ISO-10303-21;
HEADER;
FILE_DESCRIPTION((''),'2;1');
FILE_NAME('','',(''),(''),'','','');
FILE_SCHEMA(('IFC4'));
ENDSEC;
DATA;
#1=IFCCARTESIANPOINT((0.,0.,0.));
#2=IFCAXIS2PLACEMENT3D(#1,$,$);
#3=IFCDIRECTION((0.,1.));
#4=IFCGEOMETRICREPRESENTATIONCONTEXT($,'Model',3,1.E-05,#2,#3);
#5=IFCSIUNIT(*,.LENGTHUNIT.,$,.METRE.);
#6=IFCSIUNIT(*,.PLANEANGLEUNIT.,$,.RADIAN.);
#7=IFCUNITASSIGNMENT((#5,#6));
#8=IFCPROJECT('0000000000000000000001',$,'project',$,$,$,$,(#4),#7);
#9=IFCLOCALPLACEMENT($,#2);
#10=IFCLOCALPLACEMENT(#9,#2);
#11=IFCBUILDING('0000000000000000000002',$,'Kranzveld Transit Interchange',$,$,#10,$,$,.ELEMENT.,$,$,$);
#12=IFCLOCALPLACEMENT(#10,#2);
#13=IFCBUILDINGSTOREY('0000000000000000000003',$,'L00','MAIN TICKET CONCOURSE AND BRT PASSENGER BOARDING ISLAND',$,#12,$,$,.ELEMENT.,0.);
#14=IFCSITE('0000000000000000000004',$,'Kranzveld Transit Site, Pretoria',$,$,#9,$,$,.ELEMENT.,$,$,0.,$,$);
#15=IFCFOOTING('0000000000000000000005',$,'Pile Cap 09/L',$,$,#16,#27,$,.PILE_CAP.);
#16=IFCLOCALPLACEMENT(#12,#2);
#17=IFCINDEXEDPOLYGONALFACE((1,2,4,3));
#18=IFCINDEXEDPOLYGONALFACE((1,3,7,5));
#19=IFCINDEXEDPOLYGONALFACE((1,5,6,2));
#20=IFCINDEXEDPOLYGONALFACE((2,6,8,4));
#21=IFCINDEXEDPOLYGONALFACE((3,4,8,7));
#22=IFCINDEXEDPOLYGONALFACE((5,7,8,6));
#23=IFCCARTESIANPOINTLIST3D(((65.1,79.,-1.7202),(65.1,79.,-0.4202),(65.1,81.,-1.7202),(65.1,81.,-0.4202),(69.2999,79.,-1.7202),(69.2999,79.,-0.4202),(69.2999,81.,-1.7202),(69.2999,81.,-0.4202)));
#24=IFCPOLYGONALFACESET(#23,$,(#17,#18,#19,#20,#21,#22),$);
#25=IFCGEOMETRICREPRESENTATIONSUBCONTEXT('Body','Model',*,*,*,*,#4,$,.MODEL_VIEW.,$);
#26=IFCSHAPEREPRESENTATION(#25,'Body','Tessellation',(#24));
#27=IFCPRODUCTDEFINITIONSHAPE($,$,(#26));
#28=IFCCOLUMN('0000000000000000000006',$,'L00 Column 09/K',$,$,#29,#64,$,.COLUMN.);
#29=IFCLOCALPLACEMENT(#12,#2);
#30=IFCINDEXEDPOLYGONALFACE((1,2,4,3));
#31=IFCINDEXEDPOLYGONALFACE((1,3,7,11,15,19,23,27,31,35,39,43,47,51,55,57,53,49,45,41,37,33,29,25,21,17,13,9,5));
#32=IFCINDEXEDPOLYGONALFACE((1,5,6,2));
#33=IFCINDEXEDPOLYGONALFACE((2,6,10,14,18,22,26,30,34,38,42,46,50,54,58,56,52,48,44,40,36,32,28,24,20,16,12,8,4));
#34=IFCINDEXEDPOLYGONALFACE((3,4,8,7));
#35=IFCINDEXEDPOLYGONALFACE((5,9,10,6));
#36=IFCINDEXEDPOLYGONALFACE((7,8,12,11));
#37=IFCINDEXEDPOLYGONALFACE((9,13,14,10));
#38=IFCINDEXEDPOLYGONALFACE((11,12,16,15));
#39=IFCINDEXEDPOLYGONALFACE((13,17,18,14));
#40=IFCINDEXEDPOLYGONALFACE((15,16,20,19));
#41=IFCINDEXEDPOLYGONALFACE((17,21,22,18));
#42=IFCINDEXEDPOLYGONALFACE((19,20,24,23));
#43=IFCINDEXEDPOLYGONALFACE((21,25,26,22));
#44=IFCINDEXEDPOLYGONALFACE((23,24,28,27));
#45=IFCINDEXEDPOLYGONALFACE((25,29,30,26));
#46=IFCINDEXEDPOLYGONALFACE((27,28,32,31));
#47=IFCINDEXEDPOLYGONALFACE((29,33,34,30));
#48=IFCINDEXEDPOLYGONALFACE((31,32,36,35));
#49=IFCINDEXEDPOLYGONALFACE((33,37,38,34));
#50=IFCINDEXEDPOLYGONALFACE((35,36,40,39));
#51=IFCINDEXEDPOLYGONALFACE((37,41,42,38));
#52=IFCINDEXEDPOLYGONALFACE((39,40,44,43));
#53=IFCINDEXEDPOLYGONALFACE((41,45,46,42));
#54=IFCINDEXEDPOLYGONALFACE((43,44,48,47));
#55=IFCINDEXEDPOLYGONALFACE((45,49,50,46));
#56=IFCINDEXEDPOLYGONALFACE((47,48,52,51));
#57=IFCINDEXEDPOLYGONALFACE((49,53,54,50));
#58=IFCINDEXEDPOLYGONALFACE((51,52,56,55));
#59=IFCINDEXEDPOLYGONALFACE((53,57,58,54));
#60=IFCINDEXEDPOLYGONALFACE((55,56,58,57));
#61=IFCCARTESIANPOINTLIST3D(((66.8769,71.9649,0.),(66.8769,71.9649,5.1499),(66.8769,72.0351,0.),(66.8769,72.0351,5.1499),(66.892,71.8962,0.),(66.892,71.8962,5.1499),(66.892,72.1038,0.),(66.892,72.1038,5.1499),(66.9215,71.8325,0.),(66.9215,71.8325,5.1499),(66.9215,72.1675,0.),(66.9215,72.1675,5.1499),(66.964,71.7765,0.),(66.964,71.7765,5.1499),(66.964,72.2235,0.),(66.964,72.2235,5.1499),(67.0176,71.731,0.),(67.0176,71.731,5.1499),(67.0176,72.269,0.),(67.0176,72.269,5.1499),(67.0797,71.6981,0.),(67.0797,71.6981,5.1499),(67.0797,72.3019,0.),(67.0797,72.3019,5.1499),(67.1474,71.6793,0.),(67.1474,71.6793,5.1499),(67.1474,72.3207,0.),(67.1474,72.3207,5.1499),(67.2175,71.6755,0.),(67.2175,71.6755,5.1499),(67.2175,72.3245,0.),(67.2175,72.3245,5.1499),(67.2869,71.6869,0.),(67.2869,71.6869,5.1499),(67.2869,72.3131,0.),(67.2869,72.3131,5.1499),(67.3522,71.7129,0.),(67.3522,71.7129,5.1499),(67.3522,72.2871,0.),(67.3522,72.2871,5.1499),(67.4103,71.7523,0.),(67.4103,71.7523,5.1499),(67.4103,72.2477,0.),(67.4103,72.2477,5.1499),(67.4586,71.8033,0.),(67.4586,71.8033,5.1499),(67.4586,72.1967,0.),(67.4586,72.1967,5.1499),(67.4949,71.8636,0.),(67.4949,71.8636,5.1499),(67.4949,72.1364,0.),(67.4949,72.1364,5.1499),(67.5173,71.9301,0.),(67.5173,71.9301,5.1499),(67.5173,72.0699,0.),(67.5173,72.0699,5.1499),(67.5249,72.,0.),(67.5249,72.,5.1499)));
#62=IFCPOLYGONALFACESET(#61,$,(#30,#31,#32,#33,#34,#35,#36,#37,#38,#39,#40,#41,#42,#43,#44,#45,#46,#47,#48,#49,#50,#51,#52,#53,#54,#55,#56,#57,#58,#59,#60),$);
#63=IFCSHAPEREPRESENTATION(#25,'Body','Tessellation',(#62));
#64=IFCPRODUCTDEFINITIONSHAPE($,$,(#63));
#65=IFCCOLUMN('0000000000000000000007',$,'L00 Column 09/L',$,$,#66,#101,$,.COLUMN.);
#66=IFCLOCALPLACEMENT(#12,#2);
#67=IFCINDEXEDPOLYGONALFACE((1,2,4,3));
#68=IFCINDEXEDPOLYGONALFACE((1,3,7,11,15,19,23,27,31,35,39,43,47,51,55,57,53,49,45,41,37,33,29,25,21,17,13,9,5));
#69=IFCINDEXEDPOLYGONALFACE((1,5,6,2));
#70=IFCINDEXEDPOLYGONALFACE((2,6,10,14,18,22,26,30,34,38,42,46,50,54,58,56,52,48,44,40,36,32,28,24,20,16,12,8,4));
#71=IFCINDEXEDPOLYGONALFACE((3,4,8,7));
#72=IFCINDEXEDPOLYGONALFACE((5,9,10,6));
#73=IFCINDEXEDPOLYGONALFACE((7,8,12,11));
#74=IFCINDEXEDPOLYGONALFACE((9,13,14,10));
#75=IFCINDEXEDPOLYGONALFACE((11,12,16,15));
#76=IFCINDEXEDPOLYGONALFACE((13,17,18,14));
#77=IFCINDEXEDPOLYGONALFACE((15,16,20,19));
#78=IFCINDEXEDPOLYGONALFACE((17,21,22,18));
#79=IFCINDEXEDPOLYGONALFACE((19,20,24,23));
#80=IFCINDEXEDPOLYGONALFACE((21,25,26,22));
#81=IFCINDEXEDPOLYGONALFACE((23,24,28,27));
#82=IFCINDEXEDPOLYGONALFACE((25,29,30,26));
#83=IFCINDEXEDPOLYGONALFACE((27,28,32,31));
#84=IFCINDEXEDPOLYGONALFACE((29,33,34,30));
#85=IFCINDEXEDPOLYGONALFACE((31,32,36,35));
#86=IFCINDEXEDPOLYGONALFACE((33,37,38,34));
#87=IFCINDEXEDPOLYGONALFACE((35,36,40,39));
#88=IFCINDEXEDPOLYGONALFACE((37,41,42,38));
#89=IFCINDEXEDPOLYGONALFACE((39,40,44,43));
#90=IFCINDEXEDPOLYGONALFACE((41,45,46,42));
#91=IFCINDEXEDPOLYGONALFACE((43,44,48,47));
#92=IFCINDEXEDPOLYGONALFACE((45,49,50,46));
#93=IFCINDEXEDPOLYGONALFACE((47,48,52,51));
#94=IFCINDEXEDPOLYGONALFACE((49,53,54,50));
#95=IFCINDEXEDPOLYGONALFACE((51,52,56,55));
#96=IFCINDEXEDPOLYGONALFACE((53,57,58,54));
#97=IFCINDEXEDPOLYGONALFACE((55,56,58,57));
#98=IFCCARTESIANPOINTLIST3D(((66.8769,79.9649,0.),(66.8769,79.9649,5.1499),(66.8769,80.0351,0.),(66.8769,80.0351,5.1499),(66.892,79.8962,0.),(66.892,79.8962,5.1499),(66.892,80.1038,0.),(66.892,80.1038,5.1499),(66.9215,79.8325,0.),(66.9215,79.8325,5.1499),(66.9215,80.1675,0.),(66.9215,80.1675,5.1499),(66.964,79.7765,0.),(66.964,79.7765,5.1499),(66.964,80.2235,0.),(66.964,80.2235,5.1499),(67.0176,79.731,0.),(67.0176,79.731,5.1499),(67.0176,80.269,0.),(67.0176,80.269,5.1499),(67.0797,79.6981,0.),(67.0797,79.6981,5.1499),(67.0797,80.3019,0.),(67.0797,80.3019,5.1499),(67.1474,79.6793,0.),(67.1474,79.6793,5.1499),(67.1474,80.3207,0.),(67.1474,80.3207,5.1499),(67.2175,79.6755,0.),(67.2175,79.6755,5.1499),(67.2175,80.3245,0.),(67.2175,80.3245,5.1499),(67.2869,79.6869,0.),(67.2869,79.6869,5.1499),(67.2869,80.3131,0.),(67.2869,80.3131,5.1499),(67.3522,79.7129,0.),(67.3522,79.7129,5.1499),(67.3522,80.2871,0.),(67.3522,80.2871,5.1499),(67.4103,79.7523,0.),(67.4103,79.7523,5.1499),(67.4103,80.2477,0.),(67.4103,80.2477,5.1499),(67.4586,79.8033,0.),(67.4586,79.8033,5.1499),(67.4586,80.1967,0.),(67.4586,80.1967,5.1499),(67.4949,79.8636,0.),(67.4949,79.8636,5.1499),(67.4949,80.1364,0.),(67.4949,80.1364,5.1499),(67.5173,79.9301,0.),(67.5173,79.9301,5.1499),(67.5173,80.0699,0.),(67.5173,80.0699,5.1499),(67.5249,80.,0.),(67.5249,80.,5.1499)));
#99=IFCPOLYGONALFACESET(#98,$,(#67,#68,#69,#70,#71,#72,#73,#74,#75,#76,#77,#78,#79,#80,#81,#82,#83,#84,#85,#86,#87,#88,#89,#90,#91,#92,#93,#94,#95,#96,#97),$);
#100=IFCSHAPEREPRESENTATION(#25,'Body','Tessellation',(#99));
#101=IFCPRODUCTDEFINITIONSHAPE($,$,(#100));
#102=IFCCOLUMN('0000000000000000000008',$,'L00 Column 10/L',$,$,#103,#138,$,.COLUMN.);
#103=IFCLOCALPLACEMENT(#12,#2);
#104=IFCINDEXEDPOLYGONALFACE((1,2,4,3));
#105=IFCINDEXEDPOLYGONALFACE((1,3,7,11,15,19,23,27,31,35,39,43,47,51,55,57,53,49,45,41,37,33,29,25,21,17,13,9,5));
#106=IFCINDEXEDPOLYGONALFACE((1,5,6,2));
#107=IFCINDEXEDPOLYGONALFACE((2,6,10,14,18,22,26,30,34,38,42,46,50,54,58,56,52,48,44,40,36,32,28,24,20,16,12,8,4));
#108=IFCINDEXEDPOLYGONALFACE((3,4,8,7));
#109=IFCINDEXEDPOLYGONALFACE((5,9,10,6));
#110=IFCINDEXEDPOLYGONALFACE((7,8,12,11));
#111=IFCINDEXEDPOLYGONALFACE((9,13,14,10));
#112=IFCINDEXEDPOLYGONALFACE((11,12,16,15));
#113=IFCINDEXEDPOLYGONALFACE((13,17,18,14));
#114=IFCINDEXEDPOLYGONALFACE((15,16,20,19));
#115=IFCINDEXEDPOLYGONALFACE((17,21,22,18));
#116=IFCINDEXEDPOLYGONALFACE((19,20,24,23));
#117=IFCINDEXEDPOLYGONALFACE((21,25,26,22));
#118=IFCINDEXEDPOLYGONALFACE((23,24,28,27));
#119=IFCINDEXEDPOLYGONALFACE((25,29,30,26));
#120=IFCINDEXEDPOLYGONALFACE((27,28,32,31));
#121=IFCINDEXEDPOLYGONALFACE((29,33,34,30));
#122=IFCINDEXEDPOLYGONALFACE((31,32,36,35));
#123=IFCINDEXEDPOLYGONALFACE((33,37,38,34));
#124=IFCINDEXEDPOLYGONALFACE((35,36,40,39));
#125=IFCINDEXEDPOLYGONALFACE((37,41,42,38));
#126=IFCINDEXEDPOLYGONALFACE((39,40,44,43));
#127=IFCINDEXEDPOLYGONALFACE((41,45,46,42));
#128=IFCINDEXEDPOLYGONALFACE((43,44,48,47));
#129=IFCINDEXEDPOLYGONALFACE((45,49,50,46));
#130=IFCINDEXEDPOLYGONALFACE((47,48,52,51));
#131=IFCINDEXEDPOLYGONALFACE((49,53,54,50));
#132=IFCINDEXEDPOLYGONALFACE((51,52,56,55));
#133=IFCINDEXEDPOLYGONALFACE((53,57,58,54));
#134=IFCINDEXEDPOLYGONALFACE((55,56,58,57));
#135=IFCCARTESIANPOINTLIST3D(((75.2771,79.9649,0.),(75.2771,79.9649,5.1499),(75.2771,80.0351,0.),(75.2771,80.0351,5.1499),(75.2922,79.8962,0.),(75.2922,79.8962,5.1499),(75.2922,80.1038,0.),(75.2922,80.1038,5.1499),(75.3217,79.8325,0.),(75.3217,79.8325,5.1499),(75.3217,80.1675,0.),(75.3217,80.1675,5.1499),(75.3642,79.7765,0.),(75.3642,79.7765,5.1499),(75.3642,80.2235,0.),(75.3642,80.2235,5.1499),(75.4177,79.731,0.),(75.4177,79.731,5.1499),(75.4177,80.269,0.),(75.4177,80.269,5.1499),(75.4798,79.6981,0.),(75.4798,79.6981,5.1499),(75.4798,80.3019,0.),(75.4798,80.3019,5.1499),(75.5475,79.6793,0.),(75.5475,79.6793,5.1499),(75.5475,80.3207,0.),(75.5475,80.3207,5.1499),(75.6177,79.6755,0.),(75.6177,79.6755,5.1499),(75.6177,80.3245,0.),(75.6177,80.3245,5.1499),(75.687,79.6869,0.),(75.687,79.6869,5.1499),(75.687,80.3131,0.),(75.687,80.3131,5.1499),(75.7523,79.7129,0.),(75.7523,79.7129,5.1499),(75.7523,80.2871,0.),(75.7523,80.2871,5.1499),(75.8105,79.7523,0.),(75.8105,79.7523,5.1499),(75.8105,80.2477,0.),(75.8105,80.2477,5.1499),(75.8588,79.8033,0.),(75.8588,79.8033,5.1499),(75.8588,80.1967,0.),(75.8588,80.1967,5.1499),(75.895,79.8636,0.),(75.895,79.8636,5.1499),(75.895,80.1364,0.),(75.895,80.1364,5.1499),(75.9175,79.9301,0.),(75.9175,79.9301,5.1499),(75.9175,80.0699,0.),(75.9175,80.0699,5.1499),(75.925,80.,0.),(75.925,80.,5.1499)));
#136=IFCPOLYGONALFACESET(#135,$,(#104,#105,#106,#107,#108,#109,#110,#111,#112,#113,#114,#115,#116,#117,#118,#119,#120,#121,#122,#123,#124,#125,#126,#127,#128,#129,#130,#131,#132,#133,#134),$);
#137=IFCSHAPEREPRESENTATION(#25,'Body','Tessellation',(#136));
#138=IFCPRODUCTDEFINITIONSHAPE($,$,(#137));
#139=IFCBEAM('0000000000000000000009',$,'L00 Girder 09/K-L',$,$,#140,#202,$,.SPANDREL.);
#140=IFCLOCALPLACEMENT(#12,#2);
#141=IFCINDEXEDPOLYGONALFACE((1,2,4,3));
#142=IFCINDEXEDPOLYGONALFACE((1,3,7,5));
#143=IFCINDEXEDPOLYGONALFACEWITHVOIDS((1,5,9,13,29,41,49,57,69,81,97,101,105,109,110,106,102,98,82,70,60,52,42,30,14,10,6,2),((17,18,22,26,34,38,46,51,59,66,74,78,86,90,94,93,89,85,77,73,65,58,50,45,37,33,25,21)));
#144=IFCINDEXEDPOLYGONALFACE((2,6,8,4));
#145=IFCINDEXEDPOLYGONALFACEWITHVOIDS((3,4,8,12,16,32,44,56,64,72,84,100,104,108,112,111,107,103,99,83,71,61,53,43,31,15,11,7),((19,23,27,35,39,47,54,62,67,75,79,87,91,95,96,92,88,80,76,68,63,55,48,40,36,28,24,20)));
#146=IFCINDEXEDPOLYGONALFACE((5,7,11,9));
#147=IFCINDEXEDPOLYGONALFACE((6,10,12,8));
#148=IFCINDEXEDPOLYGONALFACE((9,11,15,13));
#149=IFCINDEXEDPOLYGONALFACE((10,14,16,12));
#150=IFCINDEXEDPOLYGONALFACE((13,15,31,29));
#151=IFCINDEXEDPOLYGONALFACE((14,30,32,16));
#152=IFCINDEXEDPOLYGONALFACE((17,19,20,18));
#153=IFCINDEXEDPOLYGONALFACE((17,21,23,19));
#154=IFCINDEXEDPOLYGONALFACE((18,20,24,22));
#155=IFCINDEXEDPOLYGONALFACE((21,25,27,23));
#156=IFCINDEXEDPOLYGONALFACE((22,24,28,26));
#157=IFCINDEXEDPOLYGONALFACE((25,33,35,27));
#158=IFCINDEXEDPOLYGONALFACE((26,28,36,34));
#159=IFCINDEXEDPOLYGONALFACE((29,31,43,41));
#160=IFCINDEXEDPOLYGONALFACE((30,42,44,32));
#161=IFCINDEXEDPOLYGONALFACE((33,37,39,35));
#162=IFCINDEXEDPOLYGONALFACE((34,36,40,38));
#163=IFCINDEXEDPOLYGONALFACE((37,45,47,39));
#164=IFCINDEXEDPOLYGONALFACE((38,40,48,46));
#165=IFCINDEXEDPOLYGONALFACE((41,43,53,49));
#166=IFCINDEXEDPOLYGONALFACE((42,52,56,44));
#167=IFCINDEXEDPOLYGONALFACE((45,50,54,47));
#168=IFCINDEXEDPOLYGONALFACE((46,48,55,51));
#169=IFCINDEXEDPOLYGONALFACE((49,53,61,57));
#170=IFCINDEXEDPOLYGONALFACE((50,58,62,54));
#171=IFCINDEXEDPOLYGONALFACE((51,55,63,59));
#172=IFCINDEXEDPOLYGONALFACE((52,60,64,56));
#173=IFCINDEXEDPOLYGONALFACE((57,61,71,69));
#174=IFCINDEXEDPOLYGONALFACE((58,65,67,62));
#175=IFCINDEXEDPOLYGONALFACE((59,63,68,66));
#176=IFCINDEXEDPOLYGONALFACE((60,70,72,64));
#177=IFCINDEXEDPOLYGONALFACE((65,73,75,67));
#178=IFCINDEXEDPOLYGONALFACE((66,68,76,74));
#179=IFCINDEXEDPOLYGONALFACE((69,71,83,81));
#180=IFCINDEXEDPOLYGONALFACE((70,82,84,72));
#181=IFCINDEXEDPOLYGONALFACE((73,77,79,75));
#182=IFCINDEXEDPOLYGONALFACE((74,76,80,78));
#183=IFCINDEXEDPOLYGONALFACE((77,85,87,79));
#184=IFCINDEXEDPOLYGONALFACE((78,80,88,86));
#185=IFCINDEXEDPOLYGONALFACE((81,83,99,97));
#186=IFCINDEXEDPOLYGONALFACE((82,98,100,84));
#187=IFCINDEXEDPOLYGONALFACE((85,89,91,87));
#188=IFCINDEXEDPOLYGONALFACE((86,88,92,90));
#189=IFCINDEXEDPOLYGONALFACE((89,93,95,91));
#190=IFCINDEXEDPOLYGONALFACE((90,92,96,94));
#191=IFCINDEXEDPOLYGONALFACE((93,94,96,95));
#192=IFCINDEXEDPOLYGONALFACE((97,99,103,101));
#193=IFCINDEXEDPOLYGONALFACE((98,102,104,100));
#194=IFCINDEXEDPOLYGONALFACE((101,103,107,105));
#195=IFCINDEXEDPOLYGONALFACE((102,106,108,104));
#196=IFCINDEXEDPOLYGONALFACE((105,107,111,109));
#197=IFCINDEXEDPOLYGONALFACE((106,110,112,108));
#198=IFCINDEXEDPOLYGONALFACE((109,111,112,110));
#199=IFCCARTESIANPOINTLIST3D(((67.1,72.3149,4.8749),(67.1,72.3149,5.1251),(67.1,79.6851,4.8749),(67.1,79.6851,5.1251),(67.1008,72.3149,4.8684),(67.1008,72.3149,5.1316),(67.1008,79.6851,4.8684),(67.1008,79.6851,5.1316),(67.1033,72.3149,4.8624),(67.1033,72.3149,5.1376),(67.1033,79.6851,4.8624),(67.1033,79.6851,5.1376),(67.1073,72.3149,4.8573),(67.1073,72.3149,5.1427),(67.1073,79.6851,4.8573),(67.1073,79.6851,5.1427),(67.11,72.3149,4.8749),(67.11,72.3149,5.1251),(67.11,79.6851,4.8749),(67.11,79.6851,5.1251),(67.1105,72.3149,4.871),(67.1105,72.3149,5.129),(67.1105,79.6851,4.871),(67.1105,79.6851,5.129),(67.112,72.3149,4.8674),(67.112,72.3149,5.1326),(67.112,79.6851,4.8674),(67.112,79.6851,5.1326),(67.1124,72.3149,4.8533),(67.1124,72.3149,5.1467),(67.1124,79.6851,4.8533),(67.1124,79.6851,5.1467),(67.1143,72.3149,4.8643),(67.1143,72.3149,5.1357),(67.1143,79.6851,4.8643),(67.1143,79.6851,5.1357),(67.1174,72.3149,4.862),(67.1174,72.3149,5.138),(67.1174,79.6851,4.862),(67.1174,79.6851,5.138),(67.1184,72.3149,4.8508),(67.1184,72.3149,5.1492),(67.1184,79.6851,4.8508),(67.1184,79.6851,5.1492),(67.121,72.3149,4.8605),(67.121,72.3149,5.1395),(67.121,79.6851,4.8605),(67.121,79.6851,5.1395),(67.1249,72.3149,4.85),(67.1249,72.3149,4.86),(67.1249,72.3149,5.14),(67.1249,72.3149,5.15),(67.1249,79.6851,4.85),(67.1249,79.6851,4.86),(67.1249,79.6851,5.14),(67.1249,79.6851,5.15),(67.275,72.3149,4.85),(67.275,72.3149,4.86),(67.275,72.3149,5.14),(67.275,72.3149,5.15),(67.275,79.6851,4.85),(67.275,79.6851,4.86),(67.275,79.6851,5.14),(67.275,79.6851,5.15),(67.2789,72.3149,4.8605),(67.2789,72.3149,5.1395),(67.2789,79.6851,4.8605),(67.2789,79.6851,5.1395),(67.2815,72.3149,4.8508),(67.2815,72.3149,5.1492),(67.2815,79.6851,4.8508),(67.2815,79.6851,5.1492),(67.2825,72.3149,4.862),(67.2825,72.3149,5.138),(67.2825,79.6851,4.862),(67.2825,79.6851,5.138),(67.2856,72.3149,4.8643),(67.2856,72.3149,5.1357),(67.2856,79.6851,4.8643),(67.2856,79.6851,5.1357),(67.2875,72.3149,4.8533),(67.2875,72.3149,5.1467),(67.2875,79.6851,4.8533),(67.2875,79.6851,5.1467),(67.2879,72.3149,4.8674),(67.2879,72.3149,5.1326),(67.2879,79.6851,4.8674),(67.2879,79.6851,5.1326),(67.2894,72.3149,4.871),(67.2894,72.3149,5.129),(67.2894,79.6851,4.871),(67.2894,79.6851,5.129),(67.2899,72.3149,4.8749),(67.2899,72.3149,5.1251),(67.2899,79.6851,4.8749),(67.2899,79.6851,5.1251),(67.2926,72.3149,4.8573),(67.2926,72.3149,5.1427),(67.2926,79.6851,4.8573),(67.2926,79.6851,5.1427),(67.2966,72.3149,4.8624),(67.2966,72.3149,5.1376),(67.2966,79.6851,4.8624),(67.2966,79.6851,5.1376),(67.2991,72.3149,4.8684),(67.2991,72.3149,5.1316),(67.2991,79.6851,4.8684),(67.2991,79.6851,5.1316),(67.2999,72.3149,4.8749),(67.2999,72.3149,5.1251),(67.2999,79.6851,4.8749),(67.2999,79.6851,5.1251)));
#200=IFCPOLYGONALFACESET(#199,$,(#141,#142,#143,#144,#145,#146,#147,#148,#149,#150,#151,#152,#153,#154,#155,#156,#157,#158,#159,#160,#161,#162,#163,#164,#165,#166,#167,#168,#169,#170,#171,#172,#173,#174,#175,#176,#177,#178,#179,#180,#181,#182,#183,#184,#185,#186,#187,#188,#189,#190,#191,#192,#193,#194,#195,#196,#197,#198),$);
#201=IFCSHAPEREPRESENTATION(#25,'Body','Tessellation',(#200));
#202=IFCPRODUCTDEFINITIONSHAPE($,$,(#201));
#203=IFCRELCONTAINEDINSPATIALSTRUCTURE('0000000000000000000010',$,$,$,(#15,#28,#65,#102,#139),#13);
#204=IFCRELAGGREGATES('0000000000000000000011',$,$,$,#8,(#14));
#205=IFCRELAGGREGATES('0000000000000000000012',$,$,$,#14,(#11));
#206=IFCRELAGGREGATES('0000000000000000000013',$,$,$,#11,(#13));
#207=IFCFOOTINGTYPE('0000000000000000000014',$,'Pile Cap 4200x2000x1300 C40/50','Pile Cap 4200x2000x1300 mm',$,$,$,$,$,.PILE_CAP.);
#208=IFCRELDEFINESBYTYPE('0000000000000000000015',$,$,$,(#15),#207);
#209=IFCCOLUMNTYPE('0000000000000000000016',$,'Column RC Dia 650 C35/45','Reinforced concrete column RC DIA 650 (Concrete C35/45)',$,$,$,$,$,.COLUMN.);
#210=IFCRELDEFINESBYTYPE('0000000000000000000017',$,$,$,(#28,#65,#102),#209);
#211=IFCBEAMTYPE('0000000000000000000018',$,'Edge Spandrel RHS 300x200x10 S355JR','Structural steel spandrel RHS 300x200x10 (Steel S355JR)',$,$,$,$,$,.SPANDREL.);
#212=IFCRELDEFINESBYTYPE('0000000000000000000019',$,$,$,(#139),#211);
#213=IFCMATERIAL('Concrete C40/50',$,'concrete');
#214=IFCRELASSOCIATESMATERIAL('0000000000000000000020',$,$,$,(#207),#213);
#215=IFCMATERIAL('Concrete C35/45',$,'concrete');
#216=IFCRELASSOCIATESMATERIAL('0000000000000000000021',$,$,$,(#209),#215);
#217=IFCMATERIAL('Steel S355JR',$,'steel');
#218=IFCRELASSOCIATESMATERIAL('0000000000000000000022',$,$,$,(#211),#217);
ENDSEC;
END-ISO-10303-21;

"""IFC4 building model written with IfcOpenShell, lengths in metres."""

from ifc_helpers import new_model, si_unit, direction, frame, origin, origin_2d, place, context, subcontext, project, spatial, rectangle, hollow_rectangle, circle, extrude, material, material_profile, profile_set, type_object, element, save


model = new_model("IFC4")

# Units and contexts
model_context = context("Model", 3, precision=1e-05, world=origin(), true_north=direction((0.0, 1.0)))
body_context = subcontext(model_context, "Body", "Model", "MODEL_VIEW")
ifc_project = project(units=[si_unit("LENGTHUNIT", "METRE"), si_unit("PLANEANGLEUNIT", "RADIAN")], contexts=[model_context])

# Site, building, storey
site_placement = place(None, origin())
site = spatial("IfcSite", under=ifc_project, at=site_placement, Name="Kranzveld Transit Site, Pretoria", CompositionType="ELEMENT", RefElevation=0.0)
building_placement = place(site_placement, origin())
building = spatial("IfcBuilding", under=site, at=building_placement, Name="Kranzveld Transit Interchange", CompositionType="ELEMENT")
storey_placement = place(building_placement, origin())
storey = spatial("IfcBuildingStorey", under=building, at=storey_placement, Name="L00", Description="MAIN TICKET CONCOURSE AND BRT PASSENGER BOARDING ISLAND", CompositionType="ELEMENT", Elevation=0.0)

# Footing
ifc_material_1 = material(Name="Concrete C40/50", Category="concrete")
footing_type_1 = type_object("IfcFootingType", Name="Pile Cap 4200x2000x1300 C40/50", Description="Pile Cap 4200x2000x1300 mm", PredefinedType="PILE_CAP", material=ifc_material_1)
for number, where, z_axis, x_axis, name in (
    (1, (67.2, 80.0, -1.7202), (0.0, 0.0, 1.0), (1.0, 0.0, 0.0), "Pile Cap 09/L"),
):
    element("IfcFooting", number, at=place(storey_placement, frame(where, z_axis=z_axis, x_axis=x_axis)), inside=storey, type_object=footing_type_1, Name=name, PredefinedType="PILE_CAP", context=body_context, shape_type="SweptSolid", body=[
        extrude(rectangle(XDim=4.2, YDim=2.0, at=origin_2d()), origin(), (0.0, 0.0, 1.0), 1.3),
    ])

# Columns
ifc_material_2 = material(Name="Concrete C35/45", Category="concrete")
ifc_material_profile_1 = material_profile(ifc_material_2, circle(Radius=0.325, at=origin_2d()), Name="RC DIA 650")
ifc_profile_set_1 = profile_set([ifc_material_profile_1], Name="Concrete C35/45")
column_type = type_object("IfcColumnType", Name="Column RC Dia 650 C35/45", Description="Reinforced concrete column RC DIA 650 (Concrete C35/45)", PredefinedType="COLUMN", material=ifc_profile_set_1)
for number, where, z_axis, x_axis, name in (
    (2, (67.2, 72.0, 0.0), (0.0, 0.0, 1.0), (1.0, 0.0, 0.0), "L00 Column 09/K"),
    (3, (67.2, 80.0, 0.0), (0.0, 0.0, 1.0), (1.0, 0.0, 0.0), "L00 Column 09/L"),
    (4, (75.6001, 80.0, 0.0), (0.0, 0.0, 1.0), (1.0, 0.0, 0.0), "L00 Column 10/L"),
):
    element("IfcColumn", number, at=place(storey_placement, frame(where, z_axis=z_axis, x_axis=x_axis)), inside=storey, type_object=column_type, Name=name, PredefinedType="COLUMN", context=body_context, shape_type="SweptSolid", body=[
        extrude(circle(Radius=0.325, at=origin_2d()), origin(), (0.0, 0.0, 1.0), 5.1499),
    ])

# Beam
ifc_material_3 = material(Name="Steel S355JR", Category="steel")
ifc_material_profile_2 = material_profile(ifc_material_3, hollow_rectangle(XDim=0.2, YDim=0.3, WallThickness=0.01, InnerFilletRadius=0.0149, OuterFilletRadius=0.0249, at=origin_2d()), Name="RHS 300x200x10")
ifc_profile_set_2 = profile_set([ifc_material_profile_2], Name="Steel S355JR")
beam_type_1 = type_object("IfcBeamType", Name="Edge Spandrel RHS 300x200x10 S355JR", Description="Structural steel spandrel RHS 300x200x10 (Steel S355JR)", PredefinedType="SPANDREL", material=ifc_profile_set_2)
beam_1_placement = place(storey_placement, frame((67.2, 72.3149, 5.0), z_axis=(0.0, 1.0, 0.0), x_axis=(-1.0, 0.0, 0.0)))
element("IfcBeam", 5, at=beam_1_placement, inside=storey, type_object=beam_type_1, Name="L00 Girder 09/K-L", PredefinedType="SPANDREL", context=body_context, shape_type="SweptSolid", body=[
    extrude(hollow_rectangle(XDim=0.2, YDim=0.3, WallThickness=0.01, InnerFilletRadius=0.0149, OuterFilletRadius=0.0249, at=origin_2d()), origin(), (0.0, 0.0, 1.0), 7.3701),
])

save(model, "model.ifc")
